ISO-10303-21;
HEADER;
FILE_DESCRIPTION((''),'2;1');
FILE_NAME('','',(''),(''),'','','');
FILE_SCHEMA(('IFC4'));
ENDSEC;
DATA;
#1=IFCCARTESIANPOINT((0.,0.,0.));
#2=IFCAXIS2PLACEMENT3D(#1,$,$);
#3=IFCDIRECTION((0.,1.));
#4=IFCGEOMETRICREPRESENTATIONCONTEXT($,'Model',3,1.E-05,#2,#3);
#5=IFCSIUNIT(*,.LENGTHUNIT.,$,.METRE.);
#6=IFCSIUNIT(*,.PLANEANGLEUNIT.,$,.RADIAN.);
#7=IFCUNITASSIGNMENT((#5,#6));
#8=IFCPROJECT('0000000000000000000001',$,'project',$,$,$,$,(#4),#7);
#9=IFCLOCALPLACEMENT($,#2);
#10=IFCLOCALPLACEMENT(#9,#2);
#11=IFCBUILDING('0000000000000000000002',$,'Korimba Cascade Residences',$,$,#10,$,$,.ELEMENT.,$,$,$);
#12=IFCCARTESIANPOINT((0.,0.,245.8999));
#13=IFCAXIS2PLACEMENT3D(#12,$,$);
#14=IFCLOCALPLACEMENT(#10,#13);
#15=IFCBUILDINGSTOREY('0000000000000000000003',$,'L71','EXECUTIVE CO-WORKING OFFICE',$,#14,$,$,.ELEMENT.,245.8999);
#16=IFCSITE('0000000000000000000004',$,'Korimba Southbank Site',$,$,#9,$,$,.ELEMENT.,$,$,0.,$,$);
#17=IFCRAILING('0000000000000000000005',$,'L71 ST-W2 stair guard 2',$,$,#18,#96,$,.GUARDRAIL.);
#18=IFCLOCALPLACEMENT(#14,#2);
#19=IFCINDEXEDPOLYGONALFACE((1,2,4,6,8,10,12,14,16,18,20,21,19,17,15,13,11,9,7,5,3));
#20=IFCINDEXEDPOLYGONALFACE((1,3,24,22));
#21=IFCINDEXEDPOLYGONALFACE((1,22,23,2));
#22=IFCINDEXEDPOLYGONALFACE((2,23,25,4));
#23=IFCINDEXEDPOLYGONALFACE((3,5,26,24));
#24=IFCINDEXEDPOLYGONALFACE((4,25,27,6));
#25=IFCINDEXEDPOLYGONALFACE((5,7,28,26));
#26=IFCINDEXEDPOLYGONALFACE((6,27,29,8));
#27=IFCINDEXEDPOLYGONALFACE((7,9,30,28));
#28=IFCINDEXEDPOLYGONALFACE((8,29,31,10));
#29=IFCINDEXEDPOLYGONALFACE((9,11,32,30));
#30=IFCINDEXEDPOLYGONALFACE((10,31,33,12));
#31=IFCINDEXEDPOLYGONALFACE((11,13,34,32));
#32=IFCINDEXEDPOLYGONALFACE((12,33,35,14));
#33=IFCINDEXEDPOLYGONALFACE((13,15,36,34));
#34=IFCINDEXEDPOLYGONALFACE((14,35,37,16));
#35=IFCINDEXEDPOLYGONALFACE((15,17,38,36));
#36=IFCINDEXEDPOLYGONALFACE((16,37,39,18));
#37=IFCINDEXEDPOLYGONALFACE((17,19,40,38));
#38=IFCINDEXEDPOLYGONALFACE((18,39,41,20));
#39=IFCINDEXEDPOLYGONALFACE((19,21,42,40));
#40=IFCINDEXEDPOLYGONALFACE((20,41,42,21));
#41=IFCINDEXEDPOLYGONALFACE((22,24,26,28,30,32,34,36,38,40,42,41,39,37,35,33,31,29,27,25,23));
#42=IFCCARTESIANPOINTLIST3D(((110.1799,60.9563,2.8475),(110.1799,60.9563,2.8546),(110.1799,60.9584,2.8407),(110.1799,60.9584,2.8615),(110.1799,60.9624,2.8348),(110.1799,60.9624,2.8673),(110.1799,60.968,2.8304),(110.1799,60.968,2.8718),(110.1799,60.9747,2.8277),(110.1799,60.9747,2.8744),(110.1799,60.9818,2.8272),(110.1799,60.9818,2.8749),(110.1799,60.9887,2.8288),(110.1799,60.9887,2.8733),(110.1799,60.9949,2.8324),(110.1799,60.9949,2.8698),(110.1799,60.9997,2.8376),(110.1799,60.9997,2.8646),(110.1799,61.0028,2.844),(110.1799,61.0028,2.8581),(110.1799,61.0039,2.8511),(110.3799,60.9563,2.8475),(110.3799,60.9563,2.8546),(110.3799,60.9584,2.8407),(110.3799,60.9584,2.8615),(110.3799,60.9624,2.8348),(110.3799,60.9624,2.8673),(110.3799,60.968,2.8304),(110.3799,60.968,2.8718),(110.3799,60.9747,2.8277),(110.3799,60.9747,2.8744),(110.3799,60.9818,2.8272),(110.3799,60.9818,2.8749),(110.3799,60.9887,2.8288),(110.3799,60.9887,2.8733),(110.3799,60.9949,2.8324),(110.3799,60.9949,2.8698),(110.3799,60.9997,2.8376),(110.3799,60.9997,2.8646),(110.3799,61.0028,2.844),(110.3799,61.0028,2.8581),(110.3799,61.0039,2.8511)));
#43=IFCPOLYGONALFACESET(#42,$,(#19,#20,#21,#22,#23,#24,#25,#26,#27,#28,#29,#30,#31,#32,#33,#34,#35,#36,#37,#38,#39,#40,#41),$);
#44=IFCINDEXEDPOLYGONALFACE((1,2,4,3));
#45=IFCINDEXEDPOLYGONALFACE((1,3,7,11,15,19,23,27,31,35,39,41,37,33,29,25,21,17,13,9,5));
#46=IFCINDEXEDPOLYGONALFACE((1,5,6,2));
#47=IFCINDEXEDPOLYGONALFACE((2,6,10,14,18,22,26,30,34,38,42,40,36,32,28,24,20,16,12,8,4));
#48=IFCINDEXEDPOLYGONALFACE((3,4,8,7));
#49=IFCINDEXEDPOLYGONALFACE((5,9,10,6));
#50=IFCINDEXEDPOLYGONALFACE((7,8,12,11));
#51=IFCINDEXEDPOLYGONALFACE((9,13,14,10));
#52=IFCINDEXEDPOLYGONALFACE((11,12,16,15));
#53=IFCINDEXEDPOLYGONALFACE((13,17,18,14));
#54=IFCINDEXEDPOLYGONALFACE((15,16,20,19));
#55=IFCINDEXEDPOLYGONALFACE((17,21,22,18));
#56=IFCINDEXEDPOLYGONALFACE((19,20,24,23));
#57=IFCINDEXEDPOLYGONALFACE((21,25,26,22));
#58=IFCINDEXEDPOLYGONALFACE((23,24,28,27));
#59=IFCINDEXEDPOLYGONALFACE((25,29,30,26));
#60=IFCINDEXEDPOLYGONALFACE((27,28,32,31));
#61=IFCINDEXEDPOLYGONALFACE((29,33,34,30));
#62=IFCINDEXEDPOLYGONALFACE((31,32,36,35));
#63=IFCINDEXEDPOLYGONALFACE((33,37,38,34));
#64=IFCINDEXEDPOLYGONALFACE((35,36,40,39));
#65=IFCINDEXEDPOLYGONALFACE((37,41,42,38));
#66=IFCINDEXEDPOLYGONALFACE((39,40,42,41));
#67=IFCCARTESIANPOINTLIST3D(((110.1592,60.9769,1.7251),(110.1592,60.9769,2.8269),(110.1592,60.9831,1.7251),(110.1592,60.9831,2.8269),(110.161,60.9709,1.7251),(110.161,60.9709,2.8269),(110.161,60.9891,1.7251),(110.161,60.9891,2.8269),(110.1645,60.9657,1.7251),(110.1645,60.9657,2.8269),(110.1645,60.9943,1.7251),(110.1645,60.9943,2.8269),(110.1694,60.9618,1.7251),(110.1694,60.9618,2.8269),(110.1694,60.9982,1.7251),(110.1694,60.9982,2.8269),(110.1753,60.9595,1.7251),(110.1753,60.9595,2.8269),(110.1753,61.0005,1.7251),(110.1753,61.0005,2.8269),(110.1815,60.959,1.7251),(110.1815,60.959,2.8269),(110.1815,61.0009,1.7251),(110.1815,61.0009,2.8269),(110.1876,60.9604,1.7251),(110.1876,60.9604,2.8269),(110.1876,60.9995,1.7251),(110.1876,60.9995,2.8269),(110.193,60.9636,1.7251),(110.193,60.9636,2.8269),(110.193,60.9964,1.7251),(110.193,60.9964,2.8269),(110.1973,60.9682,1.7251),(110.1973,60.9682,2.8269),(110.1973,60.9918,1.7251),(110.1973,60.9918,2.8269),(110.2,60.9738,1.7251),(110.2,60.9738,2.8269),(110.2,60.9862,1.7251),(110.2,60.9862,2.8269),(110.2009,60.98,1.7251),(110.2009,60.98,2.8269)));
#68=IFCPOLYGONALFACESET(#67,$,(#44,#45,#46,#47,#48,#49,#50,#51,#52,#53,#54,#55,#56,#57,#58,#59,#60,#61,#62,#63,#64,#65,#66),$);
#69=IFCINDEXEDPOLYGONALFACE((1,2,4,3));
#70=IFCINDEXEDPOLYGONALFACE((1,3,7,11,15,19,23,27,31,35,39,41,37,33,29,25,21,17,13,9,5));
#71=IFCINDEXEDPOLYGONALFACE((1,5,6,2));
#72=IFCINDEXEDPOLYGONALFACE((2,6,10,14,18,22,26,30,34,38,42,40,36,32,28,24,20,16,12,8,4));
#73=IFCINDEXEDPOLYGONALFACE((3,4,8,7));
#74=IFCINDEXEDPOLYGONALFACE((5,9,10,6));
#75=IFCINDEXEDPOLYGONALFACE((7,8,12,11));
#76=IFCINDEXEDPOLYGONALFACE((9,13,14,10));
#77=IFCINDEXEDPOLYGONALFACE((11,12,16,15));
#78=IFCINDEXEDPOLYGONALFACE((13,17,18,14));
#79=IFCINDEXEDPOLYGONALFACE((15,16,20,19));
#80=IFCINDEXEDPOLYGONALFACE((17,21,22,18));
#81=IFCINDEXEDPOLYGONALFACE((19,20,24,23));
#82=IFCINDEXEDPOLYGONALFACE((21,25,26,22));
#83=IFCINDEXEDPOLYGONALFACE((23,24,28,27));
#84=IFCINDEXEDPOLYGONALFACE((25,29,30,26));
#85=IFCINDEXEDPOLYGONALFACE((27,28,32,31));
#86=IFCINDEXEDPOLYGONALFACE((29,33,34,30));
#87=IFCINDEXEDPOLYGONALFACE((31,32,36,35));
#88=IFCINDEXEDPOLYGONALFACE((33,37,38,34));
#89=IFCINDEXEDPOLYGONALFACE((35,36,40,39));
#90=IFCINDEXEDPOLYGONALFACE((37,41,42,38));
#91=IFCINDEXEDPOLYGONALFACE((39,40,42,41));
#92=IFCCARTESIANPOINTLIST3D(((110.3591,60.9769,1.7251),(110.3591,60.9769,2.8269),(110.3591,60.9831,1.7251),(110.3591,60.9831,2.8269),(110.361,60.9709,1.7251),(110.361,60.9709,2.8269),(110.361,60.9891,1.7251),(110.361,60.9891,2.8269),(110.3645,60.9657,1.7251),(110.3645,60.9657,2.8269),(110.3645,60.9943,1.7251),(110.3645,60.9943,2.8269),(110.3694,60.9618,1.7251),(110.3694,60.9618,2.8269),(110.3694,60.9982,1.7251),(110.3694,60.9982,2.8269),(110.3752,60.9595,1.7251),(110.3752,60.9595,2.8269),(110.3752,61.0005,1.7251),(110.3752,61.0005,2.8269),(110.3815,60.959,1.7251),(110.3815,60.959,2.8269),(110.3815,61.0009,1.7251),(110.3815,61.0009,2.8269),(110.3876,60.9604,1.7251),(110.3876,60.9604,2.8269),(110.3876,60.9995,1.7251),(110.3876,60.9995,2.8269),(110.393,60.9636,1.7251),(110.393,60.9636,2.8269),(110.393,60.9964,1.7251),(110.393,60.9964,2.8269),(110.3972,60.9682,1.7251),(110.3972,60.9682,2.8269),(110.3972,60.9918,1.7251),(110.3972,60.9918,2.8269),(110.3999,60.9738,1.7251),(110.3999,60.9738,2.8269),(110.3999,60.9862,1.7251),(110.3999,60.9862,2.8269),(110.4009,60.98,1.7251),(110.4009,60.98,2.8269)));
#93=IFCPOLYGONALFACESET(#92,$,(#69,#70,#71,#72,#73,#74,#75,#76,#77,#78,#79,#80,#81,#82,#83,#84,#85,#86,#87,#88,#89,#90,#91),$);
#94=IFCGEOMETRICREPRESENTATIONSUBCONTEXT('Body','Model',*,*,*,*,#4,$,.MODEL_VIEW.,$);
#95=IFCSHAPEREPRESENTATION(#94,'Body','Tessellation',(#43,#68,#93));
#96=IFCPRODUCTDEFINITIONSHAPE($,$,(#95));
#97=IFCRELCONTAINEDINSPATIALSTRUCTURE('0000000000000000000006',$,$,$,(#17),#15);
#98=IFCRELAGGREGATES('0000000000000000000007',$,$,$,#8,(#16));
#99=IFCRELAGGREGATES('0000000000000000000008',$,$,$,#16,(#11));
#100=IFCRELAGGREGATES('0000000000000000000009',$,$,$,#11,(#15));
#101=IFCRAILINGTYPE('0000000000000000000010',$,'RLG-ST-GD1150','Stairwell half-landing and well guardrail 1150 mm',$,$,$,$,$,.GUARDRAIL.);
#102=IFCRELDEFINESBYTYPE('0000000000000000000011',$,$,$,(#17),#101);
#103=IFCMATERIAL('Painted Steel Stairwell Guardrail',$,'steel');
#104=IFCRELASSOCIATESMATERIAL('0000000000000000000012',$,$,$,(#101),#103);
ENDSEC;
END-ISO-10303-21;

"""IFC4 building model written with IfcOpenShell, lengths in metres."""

from ifc_helpers import new_model, si_unit, direction, frame, origin, origin_2d, place, context, subcontext, project, spatial, circle, extrude, material, type_object, element, save


model = new_model("IFC4")

# Units and contexts
model_context = context("Model", 3, precision=1e-05, world=origin(), true_north=direction((0.0, 1.0)))
body_context = subcontext(model_context, "Body", "Model", "MODEL_VIEW")
ifc_project = project(units=[si_unit("LENGTHUNIT", "METRE"), si_unit("PLANEANGLEUNIT", "RADIAN")], contexts=[model_context])

# Site, building, storey
site_placement = place(None, origin())
site = spatial("IfcSite", under=ifc_project, at=site_placement, Name="Korimba Southbank Site", CompositionType="ELEMENT", RefElevation=0.0)
building_placement = place(site_placement, origin())
building = spatial("IfcBuilding", under=site, at=building_placement, Name="Korimba Cascade Residences", CompositionType="ELEMENT")
storey_placement = place(building_placement, frame((0.0, 0.0, 245.8999)))
storey = spatial("IfcBuildingStorey", under=building, at=storey_placement, Name="L71", Description="EXECUTIVE CO-WORKING OFFICE", CompositionType="ELEMENT", Elevation=245.8999)

# Railing
ifc_material_1 = material(Name="Painted Steel Stairwell Guardrail", Category="steel")
railing_type_1 = type_object("IfcRailingType", Name="RLG-ST-GD1150", Description="Stairwell half-landing and well guardrail 1150 mm", PredefinedType="GUARDRAIL", material=ifc_material_1)
railing_1_placement = place(storey_placement, frame((110.1799, 60.98, 1.7251)))
element("IfcRailing", 1, at=railing_1_placement, inside=storey, type_object=railing_type_1, Name="L71 ST-W2 stair guard 2", PredefinedType="GUARDRAIL", context=body_context, shape_type="SweptSolid", body=[
    extrude(circle(Radius=0.0239, at=origin_2d()), frame((0.0, 0.0, 1.126), z_axis=(1.0, 0.0, 0.0), x_axis=(0.0, 1.0, 0.0)), (0.0, 0.0, 1.0), 0.2),
    extrude(circle(Radius=0.021, at=origin_2d()), origin(), (0.0, 0.0, 1.0), 1.1018),
    extrude(circle(Radius=0.021, at=origin_2d()), frame((0.2, 0.0, 0.0)), (0.0, 0.0, 1.0), 1.1018),
])

save(model, "model.ifc")
